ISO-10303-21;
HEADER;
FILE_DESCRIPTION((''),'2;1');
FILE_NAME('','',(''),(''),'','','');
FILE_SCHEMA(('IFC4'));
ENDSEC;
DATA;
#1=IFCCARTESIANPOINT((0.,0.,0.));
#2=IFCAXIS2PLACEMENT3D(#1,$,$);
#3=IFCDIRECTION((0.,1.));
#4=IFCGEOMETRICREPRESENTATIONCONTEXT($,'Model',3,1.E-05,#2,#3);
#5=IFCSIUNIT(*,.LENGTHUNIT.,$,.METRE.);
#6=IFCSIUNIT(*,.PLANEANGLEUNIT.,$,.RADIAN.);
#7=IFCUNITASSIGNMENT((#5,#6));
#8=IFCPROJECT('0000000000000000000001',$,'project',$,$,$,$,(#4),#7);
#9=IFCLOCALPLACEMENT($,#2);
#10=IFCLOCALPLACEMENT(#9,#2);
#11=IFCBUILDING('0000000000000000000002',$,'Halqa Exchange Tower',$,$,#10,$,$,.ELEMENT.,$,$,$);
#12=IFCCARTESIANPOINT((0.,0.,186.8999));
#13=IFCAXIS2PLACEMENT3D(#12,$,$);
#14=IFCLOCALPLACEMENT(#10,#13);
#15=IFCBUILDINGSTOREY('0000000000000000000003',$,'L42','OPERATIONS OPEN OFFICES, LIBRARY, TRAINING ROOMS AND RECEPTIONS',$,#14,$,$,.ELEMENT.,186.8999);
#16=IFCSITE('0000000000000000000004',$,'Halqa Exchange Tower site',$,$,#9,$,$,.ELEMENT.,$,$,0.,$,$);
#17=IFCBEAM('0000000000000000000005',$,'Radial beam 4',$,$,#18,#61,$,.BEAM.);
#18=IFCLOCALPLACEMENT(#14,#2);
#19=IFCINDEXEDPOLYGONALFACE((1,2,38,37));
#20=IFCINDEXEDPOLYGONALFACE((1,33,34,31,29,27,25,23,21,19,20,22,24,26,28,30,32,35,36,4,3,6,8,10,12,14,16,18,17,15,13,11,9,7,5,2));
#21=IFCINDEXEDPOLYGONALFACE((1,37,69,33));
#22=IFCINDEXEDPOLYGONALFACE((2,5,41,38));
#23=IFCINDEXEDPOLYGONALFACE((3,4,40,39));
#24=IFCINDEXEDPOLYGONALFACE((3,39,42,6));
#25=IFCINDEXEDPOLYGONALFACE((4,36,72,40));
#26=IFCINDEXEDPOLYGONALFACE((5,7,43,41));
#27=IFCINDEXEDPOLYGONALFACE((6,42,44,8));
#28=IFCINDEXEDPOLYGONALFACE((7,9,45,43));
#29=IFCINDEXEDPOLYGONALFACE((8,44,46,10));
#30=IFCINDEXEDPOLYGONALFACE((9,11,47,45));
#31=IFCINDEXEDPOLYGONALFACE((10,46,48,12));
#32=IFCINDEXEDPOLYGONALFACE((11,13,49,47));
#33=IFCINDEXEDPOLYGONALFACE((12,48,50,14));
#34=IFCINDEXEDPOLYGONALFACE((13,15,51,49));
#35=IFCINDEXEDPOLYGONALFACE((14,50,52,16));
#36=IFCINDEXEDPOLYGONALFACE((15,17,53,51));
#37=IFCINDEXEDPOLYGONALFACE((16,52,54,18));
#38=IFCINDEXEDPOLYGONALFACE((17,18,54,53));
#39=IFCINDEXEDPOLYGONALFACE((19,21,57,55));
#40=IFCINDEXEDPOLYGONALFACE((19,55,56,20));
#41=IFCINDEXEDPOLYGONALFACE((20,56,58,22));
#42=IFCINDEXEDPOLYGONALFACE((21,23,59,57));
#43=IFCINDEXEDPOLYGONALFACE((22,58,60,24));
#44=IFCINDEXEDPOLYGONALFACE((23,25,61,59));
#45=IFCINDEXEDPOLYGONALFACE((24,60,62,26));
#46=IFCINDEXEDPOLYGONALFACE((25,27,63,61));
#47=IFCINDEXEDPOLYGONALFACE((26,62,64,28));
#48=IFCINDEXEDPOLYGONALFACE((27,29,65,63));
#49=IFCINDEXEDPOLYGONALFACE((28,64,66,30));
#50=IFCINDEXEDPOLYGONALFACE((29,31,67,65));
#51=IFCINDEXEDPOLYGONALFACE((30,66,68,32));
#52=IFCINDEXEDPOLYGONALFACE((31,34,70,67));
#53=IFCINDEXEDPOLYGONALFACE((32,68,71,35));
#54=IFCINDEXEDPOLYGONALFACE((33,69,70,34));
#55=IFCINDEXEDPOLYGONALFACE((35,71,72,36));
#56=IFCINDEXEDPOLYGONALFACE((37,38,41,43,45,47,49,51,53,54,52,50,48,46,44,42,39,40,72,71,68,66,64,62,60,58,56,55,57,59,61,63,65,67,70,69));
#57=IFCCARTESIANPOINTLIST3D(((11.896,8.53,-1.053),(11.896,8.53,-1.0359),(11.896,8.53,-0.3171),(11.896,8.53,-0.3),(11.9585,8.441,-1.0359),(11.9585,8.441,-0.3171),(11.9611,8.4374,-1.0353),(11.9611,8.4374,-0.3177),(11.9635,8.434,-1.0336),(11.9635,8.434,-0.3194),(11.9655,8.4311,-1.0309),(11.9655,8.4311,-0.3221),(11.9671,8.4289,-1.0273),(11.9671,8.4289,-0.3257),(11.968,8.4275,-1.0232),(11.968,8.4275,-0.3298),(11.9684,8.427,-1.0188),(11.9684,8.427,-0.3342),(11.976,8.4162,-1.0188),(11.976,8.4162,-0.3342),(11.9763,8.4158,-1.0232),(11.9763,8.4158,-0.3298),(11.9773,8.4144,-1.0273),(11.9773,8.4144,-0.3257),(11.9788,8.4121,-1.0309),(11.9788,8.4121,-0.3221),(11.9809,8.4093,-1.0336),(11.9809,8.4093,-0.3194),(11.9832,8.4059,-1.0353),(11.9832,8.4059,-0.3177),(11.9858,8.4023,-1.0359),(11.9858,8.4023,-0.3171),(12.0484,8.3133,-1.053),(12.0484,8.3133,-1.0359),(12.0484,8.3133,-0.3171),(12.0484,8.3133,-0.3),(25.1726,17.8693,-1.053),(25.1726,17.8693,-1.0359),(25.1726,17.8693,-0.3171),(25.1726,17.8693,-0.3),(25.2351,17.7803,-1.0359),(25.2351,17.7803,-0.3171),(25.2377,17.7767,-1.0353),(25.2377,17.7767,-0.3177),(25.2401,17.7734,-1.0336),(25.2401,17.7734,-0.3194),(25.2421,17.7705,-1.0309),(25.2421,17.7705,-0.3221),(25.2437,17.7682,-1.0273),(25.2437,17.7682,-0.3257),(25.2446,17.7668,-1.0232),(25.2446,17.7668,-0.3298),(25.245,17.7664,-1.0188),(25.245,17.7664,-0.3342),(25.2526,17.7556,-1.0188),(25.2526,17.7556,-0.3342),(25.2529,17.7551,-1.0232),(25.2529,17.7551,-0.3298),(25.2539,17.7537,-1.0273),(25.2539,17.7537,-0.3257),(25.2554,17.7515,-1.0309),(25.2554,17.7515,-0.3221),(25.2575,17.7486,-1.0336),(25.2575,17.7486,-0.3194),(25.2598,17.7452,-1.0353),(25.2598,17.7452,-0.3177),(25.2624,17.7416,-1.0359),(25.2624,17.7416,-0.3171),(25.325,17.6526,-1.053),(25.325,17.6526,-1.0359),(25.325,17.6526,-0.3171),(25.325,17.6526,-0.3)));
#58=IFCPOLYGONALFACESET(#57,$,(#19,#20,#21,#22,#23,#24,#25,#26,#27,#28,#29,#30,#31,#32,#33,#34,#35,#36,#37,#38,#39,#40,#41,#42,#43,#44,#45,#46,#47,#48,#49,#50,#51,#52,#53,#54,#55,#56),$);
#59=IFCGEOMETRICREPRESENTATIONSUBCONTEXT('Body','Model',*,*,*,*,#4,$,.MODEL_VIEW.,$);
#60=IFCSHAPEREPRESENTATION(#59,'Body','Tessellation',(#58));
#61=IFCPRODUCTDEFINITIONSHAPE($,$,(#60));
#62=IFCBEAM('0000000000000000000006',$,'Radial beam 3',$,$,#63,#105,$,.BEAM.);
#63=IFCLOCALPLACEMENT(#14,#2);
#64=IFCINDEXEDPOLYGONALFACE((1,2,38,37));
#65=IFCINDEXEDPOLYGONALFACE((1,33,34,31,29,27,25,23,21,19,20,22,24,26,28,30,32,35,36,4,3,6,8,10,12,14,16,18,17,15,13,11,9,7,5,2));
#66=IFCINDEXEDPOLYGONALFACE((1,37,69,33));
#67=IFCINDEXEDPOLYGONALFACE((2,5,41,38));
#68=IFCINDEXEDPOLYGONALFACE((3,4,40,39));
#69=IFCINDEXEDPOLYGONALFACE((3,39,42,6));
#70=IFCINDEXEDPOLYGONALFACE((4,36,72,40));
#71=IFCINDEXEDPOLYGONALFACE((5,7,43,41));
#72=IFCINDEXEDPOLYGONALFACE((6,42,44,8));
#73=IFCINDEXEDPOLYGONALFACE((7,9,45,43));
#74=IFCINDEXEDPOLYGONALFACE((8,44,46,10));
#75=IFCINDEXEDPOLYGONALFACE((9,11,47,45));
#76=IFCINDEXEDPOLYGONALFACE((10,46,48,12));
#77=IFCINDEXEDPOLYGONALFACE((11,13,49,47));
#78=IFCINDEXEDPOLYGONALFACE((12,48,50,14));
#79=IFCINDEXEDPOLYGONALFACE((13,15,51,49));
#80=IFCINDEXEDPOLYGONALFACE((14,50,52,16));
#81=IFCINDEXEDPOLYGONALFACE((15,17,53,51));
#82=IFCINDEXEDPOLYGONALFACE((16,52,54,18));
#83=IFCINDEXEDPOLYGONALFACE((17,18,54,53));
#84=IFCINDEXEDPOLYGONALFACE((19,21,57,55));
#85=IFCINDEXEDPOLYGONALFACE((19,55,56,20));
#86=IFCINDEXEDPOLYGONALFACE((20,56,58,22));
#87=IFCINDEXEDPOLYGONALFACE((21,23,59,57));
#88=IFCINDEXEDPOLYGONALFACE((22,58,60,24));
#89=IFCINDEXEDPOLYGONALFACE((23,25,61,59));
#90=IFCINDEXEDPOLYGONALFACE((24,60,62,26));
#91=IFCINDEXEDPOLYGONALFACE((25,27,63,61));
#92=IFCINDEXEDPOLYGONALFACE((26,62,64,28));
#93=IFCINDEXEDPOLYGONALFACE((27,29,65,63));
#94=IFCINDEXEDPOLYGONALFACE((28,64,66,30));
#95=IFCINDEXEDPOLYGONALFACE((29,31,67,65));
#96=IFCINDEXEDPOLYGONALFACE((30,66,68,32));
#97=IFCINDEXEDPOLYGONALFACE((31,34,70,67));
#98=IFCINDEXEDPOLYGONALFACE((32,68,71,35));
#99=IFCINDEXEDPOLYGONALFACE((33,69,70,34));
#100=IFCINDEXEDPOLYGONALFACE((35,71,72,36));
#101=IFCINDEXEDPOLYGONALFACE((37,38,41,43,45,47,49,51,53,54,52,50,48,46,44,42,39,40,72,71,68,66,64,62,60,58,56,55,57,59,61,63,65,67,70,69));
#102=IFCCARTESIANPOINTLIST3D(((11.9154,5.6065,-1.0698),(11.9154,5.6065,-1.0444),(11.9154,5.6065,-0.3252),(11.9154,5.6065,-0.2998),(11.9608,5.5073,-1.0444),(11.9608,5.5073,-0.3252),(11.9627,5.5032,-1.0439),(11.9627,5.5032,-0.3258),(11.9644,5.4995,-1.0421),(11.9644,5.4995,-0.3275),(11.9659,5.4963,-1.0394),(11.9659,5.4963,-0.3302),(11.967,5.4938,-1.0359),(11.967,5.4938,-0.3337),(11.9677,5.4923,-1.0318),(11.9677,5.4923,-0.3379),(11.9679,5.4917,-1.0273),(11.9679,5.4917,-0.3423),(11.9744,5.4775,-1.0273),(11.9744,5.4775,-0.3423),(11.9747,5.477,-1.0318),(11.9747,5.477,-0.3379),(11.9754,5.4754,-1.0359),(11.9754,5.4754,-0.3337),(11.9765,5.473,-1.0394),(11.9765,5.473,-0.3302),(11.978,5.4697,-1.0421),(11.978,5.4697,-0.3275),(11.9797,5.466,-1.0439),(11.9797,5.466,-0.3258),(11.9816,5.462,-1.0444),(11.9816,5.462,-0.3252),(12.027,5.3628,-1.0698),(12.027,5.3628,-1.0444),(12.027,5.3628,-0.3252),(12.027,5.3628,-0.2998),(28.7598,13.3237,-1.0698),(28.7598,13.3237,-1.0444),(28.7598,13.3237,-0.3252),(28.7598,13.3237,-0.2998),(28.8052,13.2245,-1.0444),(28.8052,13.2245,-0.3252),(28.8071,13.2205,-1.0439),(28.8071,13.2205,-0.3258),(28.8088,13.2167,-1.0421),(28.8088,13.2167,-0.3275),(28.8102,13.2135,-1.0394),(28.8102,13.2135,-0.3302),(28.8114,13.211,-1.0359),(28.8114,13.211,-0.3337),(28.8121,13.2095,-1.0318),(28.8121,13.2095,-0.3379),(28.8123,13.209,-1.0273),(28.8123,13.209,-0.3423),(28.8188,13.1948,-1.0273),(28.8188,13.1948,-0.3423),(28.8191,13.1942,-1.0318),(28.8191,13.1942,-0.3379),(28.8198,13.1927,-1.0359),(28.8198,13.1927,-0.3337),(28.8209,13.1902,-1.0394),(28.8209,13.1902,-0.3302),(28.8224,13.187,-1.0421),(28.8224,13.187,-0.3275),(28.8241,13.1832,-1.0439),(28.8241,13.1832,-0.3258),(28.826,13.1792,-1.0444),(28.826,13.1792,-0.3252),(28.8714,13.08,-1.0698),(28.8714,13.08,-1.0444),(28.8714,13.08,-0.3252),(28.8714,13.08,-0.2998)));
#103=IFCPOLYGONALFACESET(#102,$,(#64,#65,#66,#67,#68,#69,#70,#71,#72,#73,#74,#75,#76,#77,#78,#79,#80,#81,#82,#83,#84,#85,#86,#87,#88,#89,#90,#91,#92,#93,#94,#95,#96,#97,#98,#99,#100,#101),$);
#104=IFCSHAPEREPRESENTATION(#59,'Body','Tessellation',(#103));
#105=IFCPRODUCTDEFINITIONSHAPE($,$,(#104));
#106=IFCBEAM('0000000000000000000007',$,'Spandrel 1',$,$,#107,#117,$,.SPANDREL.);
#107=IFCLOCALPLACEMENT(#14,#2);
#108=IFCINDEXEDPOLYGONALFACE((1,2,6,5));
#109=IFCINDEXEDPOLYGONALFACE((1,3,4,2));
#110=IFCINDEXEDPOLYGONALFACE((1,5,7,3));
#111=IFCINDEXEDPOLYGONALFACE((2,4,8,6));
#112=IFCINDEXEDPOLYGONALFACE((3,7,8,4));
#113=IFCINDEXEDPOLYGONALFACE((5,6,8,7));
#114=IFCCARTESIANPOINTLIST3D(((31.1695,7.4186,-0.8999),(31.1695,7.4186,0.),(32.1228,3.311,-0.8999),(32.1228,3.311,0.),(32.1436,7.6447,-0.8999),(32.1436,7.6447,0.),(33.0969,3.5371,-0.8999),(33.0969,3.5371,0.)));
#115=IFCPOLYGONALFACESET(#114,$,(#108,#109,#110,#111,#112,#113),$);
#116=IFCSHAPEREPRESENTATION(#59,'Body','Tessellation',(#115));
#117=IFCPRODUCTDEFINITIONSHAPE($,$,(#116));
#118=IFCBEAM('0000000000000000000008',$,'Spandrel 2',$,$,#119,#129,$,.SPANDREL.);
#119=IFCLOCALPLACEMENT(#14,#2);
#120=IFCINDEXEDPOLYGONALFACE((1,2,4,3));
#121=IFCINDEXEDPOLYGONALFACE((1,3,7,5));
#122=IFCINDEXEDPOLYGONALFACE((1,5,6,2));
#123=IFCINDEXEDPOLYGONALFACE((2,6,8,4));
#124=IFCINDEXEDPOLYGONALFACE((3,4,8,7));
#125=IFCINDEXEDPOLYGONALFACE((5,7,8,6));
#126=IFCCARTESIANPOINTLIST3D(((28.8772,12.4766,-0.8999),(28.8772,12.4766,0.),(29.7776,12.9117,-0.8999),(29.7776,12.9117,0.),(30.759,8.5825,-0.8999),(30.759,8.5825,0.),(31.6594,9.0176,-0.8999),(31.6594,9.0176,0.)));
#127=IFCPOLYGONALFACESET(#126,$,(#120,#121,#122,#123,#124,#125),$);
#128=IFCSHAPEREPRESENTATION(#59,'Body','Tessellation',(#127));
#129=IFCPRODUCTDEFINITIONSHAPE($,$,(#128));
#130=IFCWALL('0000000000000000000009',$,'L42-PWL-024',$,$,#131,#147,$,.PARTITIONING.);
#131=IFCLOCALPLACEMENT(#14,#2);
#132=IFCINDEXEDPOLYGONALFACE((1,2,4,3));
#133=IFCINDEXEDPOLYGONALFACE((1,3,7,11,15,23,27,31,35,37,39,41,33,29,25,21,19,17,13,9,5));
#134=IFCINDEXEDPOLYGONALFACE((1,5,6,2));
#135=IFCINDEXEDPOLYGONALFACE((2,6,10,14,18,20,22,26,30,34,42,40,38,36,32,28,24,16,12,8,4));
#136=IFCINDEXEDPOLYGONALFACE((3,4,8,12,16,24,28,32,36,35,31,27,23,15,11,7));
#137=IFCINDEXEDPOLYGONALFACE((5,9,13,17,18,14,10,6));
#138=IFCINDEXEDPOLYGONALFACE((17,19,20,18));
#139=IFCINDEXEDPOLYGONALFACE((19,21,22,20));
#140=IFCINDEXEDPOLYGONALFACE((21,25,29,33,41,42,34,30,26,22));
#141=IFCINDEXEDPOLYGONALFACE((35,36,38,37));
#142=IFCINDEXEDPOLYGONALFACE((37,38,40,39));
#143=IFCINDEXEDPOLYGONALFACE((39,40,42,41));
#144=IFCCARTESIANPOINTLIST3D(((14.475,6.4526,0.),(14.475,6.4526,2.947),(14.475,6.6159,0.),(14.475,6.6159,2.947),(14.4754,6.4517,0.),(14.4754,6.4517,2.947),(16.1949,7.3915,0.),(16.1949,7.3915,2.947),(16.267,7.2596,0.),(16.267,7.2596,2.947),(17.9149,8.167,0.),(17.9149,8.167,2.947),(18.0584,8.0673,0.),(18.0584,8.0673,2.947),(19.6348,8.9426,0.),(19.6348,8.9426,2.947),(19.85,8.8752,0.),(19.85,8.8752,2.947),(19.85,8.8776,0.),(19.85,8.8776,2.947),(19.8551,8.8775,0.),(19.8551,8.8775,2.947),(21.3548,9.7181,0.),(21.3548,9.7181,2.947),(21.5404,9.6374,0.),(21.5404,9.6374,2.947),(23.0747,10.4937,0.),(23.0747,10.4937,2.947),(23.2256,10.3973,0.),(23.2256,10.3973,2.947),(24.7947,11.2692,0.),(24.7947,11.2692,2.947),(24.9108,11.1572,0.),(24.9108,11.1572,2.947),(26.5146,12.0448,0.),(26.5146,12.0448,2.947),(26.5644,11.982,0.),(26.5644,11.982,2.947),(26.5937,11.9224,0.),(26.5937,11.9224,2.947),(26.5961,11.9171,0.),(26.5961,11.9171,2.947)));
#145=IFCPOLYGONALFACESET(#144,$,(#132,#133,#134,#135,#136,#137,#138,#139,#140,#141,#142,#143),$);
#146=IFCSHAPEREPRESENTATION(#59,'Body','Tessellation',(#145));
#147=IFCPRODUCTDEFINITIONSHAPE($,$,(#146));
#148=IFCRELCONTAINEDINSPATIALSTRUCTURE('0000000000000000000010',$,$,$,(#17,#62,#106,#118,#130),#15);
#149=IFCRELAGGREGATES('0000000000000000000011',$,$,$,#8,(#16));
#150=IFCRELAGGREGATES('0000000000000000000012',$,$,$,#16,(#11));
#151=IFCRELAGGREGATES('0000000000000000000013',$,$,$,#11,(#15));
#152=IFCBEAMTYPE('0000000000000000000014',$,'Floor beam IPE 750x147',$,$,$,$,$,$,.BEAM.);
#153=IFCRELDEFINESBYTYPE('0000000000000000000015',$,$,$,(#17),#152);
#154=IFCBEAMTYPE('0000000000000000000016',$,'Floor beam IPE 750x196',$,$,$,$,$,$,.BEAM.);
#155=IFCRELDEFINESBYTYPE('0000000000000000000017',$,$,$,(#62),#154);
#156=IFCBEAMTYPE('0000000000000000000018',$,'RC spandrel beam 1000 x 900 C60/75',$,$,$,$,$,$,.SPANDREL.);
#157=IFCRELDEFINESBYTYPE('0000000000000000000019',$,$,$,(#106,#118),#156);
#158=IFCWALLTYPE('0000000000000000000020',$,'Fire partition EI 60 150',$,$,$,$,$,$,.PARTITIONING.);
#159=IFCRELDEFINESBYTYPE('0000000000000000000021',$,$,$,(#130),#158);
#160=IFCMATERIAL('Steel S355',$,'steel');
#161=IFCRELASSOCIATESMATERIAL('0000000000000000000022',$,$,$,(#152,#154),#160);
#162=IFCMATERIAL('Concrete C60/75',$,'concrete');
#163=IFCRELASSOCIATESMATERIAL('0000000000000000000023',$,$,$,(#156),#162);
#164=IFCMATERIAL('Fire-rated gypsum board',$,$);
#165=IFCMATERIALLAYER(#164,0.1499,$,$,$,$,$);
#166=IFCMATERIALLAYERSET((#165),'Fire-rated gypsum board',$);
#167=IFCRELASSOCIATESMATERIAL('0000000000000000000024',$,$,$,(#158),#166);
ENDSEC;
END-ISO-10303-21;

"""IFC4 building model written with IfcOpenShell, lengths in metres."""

from ifc_helpers import new_model, si_unit, direction, frame, origin, origin_2d, place, context, subcontext, project, spatial, polyline, rectangle, i_section, outline, extrude, material, layer, layer_set, material_profile, profile_set, type_object, element, save


model = new_model("IFC4")

# Units and contexts
model_context = context("Model", 3, precision=1e-05, world=origin(), true_north=direction((0.0, 1.0)))
body_context = subcontext(model_context, "Body", "Model", "MODEL_VIEW")
ifc_project = project(units=[si_unit("LENGTHUNIT", "METRE"), si_unit("PLANEANGLEUNIT", "RADIAN")], contexts=[model_context])

# Site, building, storey
site_placement = place(None, origin())
site = spatial("IfcSite", under=ifc_project, at=site_placement, Name="Halqa Exchange Tower site", CompositionType="ELEMENT", RefElevation=0.0)
building_placement = place(site_placement, origin())
building = spatial("IfcBuilding", under=site, at=building_placement, Name="Halqa Exchange Tower", CompositionType="ELEMENT")
storey_placement = place(building_placement, frame((0.0, 0.0, 186.8999)))
storey = spatial("IfcBuildingStorey", under=building, at=storey_placement, Name="L42", Description="OPERATIONS OPEN OFFICES, LIBRARY, TRAINING ROOMS AND RECEPTIONS", CompositionType="ELEMENT", Elevation=186.8999)

# Beams
ifc_material_1 = material(Name="Steel S355", Category="steel")
ifc_material_profile_1 = material_profile(ifc_material_1, i_section(OverallWidth=0.2649, OverallDepth=0.7529, WebThickness=0.0132, FlangeThickness=0.0171, FilletRadius=0.0171, at=origin_2d()), Name="IPE 750x147")
ifc_profile_set_1 = profile_set([ifc_material_profile_1], Name="Steel S355")
beam_type_1 = type_object("IfcBeamType", Name="Floor beam IPE 750x147", PredefinedType="BEAM", material=ifc_profile_set_1)
beam_1_placement = place(storey_placement, frame((11.9722, 8.4216, -0.6765), z_axis=(0.817906, 0.575351, 0.0), x_axis=(-0.575351, 0.817906, 0.0)))
element("IfcBeam", 1, at=beam_1_placement, inside=storey, type_object=beam_type_1, Name="Radial beam 4", PredefinedType="BEAM", context=body_context, shape_type="SweptSolid", body=[
    extrude(i_section(OverallWidth=0.2649, OverallDepth=0.7529, WebThickness=0.0132, FlangeThickness=0.0171, FilletRadius=0.0171, at=origin_2d()), origin(), (0.0, 0.0, 1.0), 16.2324),
])
ifc_material_profile_2 = material_profile(ifc_material_1, i_section(OverallWidth=0.2681, OverallDepth=0.77, WebThickness=0.0156, FlangeThickness=0.0254, FilletRadius=0.0171, at=origin_2d()), Name="IPE 750x196")
ifc_profile_set_2 = profile_set([ifc_material_profile_2], Name="Steel S355")
beam_type_2 = type_object("IfcBeamType", Name="Floor beam IPE 750x196", PredefinedType="BEAM", material=ifc_profile_set_2)
beam_2_placement = place(storey_placement, frame((11.9712, 5.4846, -0.6848), z_axis=(0.909128, 0.416516, 0.0), x_axis=(-0.416516, 0.909128, 0.0)))
element("IfcBeam", 2, at=beam_2_placement, inside=storey, type_object=beam_type_2, Name="Radial beam 3", PredefinedType="BEAM", context=body_context, shape_type="SweptSolid", body=[
    extrude(i_section(OverallWidth=0.2681, OverallDepth=0.77, WebThickness=0.0156, FlangeThickness=0.0254, FilletRadius=0.0171, at=origin_2d()), origin(), (0.0, 0.0, 1.0), 18.5281),
])
ifc_material_2 = material(Name="Concrete C60/75", Category="concrete")
ifc_material_profile_3 = material_profile(ifc_material_2, rectangle(XDim=1.0, YDim=0.8999, at=origin_2d()), Name="1000 x 900")
ifc_profile_set_3 = profile_set([ifc_material_profile_3], Name="Concrete C60/75")
beam_type_3 = type_object("IfcBeamType", Name="RC spandrel beam 1000 x 900 C60/75", PredefinedType="SPANDREL", material=ifc_profile_set_3)
beam_3_placement = place(storey_placement, frame((32.6099, 3.4241, -0.45), z_axis=(-0.226086, 0.974107, 0.0), x_axis=(-0.974107, -0.226086, 0.0)))
element("IfcBeam", 3, at=beam_3_placement, inside=storey, type_object=beam_type_3, Name="Spandrel 1", PredefinedType="SPANDREL", context=body_context, shape_type="SweptSolid", body=[
    extrude(rectangle(XDim=1.0, YDim=0.8999, at=origin_2d()), origin(), (0.0, 0.0, 1.0), 4.2168),
])
beam_4_placement = place(storey_placement, frame((31.2092, 8.8, -0.45), z_axis=(-0.435115, 0.900375, 0.0), x_axis=(-0.900375, -0.435115, 0.0)))
element("IfcBeam", 4, at=beam_4_placement, inside=storey, type_object=beam_type_3, Name="Spandrel 2", PredefinedType="SPANDREL", context=body_context, shape_type="SweptSolid", body=[
    extrude(rectangle(XDim=1.0, YDim=0.8999, at=origin_2d()), origin(), (0.0, 0.0, 1.0), 4.325),
])

# Shared definitions
ifc_material_3 = material(Name="Fire-rated gypsum board")
ifc_layer_1 = layer(ifc_material_3, 0.1499)
ifc_layer_set_1 = layer_set([ifc_layer_1], Name="Fire-rated gypsum board")
wall_type_1 = type_object("IfcWallType", Name="Fire partition EI 60 150", PredefinedType="PARTITIONING", material=ifc_layer_set_1)

# Wall
wall_1_placement = place(storey_placement, frame((14.4446, 6.52, 0.0), z_axis=(0.0, 0.0, 1.0), x_axis=(0.91161, 0.411056, 0.0)))
element("IfcWall", 5, at=wall_1_placement, inside=storey, type_object=wall_type_1, Name="L42-PWL-024", PredefinedType="PARTITIONING", context=body_context, shape_type="SweptSolid", body=[
    extrude(outline(polyline([(0.0, -0.075), (1.9653, -0.075), (3.9304, -0.075), (5.8958, -0.075), (5.8967, -0.0728), (5.9014, -0.075), (7.75, -0.075), (9.5986, -0.075), (11.4473, -0.075), (13.2959, -0.075), (13.2959, -0.0691), (13.2937, -0.0027), (13.2742, 0.075), (11.3875, 0.075), (9.5007, 0.075), (7.614, 0.075), (5.7273, 0.075), (3.8406, 0.075), (1.9539, 0.075), (0.0671, 0.075), (0.0, -0.074), (0.0, -0.075)])), origin(), (0.0, 0.0, 1.0), 2.947),
])

save(model, "model.ifc")
